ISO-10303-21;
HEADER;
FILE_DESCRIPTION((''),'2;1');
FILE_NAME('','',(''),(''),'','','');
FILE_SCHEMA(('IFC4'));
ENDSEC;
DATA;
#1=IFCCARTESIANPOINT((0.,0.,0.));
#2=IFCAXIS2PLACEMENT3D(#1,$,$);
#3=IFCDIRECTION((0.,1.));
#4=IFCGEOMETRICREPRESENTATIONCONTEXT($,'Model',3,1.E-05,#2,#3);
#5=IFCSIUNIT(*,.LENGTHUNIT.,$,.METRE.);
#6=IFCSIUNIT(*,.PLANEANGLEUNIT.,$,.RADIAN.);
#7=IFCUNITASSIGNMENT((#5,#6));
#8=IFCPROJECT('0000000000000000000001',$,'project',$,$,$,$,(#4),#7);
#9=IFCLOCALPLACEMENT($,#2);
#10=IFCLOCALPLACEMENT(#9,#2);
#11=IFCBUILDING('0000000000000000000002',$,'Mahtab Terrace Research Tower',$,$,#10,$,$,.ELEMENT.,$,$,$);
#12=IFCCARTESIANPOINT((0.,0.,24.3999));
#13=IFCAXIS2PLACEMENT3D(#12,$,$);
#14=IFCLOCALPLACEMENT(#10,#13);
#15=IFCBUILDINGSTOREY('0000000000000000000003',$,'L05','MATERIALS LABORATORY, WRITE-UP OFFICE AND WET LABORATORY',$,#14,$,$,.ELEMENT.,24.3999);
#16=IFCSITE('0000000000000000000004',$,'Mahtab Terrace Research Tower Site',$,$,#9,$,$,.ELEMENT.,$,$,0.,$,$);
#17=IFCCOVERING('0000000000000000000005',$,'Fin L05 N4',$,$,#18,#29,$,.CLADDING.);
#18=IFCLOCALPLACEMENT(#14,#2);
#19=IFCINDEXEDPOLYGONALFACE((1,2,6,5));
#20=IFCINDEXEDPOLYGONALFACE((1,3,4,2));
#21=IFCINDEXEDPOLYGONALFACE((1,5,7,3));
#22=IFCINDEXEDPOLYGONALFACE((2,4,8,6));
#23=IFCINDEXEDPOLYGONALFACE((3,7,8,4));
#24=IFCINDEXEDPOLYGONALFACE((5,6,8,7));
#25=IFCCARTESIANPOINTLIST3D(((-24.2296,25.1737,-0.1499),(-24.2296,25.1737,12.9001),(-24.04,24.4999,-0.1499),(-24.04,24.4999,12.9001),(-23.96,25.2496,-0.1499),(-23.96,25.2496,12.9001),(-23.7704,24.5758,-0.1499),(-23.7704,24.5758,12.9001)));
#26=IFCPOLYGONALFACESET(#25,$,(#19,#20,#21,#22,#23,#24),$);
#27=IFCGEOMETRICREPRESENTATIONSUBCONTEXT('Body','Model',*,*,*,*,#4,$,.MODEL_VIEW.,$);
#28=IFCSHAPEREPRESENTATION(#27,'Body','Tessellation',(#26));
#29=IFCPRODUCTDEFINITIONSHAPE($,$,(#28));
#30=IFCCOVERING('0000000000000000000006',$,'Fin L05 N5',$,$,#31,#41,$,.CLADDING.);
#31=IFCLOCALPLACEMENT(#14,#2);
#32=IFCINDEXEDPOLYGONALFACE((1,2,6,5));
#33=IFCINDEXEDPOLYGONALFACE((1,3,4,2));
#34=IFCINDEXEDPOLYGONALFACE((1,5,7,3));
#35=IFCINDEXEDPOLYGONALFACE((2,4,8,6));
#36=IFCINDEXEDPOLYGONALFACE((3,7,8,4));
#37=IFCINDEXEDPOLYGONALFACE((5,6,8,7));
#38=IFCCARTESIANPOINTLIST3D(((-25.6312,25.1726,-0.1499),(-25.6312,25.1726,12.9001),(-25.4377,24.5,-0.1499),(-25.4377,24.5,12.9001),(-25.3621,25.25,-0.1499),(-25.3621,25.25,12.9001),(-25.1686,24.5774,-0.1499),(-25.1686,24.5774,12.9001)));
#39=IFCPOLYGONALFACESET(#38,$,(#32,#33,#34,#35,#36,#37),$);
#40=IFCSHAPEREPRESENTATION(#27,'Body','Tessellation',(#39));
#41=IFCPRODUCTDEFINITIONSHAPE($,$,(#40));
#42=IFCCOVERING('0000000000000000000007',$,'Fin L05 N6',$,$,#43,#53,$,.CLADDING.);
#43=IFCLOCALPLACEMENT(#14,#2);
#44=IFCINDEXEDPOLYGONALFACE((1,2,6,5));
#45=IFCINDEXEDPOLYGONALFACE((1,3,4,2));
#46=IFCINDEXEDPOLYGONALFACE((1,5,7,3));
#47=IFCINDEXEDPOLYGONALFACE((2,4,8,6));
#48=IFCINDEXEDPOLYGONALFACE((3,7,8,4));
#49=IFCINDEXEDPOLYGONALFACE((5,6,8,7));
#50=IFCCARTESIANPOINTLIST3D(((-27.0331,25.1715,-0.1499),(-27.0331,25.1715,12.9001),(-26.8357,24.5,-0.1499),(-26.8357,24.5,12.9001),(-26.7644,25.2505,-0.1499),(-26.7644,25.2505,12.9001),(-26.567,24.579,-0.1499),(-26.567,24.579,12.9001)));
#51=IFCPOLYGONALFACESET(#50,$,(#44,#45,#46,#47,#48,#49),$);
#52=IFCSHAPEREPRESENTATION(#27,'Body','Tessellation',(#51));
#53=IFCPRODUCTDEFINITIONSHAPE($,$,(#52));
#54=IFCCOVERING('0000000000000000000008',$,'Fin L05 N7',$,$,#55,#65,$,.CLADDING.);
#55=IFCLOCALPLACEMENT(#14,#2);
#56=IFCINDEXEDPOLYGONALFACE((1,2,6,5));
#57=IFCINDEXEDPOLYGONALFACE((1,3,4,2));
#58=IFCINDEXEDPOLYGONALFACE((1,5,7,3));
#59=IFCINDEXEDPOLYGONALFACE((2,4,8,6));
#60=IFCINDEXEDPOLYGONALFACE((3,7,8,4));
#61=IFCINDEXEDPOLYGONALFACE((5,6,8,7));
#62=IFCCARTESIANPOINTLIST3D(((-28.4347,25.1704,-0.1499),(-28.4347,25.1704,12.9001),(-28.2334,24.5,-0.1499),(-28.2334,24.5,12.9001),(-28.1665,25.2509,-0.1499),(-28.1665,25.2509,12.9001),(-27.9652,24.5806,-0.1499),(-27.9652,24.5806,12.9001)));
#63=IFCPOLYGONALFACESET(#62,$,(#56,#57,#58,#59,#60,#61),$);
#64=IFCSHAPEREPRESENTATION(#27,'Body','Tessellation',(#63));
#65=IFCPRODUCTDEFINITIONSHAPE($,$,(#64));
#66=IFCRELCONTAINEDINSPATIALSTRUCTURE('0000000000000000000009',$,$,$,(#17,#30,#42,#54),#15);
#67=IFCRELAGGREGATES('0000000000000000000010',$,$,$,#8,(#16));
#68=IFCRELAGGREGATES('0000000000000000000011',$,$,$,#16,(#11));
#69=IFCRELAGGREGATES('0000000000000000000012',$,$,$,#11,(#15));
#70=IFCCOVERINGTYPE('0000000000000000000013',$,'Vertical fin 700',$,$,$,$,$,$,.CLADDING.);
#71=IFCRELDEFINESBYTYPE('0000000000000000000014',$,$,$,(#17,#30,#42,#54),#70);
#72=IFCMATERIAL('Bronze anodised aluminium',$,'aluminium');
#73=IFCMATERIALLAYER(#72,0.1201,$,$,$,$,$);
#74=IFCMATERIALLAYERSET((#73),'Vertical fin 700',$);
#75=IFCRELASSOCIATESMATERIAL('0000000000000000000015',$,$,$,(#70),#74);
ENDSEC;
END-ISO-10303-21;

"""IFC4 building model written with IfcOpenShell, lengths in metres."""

from ifc_helpers import new_model, si_unit, direction, frame, origin, origin_2d, place, context, subcontext, project, spatial, rectangle, extrude, material, layer, layer_set, type_object, element, save


model = new_model("IFC4")

# Units and contexts
model_context = context("Model", 3, precision=1e-05, world=origin(), true_north=direction((0.0, 1.0)))
body_context = subcontext(model_context, "Body", "Model", "MODEL_VIEW")
ifc_project = project(units=[si_unit("LENGTHUNIT", "METRE"), si_unit("PLANEANGLEUNIT", "RADIAN")], contexts=[model_context])

# Site, building, storey
site_placement = place(None, origin())
site = spatial("IfcSite", under=ifc_project, at=site_placement, Name="Mahtab Terrace Research Tower Site", CompositionType="ELEMENT", RefElevation=0.0)
building_placement = place(site_placement, origin())
building = spatial("IfcBuilding", under=site, at=building_placement, Name="Mahtab Terrace Research Tower", CompositionType="ELEMENT")
storey_placement = place(building_placement, frame((0.0, 0.0, 24.3999)))
storey = spatial("IfcBuildingStorey", under=building, at=storey_placement, Name="L05", Description="MATERIALS LABORATORY, WRITE-UP OFFICE AND WET LABORATORY", CompositionType="ELEMENT", Elevation=24.3999)

# Coverings
ifc_material_1 = material(Name="Bronze anodised aluminium", Category="aluminium")
ifc_layer_1 = layer(ifc_material_1, 0.1201)
ifc_layer_set_1 = layer_set([ifc_layer_1], Name="Vertical fin 700")
covering_type = type_object("IfcCoveringType", Name="Vertical fin 700", PredefinedType="CLADDING", material=ifc_layer_set_1)
for number, where, z_axis, x_axis, name in (
    (1, (-24.0, 24.8748, -0.1499), (0.0, 0.0, 1.0), (-0.962624, -0.27084, 0.0), "Fin L05 N4"),
    (2, (-25.3999, 24.875, -0.1499), (0.0, 0.0, 1.0), (-0.961032, -0.276436, 0.0), "Fin L05 N5"),
    (3, (-26.8, 24.8752, -0.1499), (0.0, 0.0, 1.0), (-0.959408, -0.282023, 0.0), "Fin L05 N6"),
    (4, (-28.2, 24.8755, -0.1499), (0.0, 0.0, 1.0), (-0.957751, -0.287599, 0.0), "Fin L05 N7"),
):
    element("IfcCovering", number, at=place(storey_placement, frame(where, z_axis=z_axis, x_axis=x_axis)), inside=storey, type_object=covering_type, Name=name, PredefinedType="CLADDING", context=body_context, shape_type="SweptSolid", body=[
        extrude(rectangle(XDim=0.28, YDim=0.7, at=origin_2d()), origin(), (0.0, 0.0, 1.0), 13.05),
    ])

save(model, "model.ifc")
